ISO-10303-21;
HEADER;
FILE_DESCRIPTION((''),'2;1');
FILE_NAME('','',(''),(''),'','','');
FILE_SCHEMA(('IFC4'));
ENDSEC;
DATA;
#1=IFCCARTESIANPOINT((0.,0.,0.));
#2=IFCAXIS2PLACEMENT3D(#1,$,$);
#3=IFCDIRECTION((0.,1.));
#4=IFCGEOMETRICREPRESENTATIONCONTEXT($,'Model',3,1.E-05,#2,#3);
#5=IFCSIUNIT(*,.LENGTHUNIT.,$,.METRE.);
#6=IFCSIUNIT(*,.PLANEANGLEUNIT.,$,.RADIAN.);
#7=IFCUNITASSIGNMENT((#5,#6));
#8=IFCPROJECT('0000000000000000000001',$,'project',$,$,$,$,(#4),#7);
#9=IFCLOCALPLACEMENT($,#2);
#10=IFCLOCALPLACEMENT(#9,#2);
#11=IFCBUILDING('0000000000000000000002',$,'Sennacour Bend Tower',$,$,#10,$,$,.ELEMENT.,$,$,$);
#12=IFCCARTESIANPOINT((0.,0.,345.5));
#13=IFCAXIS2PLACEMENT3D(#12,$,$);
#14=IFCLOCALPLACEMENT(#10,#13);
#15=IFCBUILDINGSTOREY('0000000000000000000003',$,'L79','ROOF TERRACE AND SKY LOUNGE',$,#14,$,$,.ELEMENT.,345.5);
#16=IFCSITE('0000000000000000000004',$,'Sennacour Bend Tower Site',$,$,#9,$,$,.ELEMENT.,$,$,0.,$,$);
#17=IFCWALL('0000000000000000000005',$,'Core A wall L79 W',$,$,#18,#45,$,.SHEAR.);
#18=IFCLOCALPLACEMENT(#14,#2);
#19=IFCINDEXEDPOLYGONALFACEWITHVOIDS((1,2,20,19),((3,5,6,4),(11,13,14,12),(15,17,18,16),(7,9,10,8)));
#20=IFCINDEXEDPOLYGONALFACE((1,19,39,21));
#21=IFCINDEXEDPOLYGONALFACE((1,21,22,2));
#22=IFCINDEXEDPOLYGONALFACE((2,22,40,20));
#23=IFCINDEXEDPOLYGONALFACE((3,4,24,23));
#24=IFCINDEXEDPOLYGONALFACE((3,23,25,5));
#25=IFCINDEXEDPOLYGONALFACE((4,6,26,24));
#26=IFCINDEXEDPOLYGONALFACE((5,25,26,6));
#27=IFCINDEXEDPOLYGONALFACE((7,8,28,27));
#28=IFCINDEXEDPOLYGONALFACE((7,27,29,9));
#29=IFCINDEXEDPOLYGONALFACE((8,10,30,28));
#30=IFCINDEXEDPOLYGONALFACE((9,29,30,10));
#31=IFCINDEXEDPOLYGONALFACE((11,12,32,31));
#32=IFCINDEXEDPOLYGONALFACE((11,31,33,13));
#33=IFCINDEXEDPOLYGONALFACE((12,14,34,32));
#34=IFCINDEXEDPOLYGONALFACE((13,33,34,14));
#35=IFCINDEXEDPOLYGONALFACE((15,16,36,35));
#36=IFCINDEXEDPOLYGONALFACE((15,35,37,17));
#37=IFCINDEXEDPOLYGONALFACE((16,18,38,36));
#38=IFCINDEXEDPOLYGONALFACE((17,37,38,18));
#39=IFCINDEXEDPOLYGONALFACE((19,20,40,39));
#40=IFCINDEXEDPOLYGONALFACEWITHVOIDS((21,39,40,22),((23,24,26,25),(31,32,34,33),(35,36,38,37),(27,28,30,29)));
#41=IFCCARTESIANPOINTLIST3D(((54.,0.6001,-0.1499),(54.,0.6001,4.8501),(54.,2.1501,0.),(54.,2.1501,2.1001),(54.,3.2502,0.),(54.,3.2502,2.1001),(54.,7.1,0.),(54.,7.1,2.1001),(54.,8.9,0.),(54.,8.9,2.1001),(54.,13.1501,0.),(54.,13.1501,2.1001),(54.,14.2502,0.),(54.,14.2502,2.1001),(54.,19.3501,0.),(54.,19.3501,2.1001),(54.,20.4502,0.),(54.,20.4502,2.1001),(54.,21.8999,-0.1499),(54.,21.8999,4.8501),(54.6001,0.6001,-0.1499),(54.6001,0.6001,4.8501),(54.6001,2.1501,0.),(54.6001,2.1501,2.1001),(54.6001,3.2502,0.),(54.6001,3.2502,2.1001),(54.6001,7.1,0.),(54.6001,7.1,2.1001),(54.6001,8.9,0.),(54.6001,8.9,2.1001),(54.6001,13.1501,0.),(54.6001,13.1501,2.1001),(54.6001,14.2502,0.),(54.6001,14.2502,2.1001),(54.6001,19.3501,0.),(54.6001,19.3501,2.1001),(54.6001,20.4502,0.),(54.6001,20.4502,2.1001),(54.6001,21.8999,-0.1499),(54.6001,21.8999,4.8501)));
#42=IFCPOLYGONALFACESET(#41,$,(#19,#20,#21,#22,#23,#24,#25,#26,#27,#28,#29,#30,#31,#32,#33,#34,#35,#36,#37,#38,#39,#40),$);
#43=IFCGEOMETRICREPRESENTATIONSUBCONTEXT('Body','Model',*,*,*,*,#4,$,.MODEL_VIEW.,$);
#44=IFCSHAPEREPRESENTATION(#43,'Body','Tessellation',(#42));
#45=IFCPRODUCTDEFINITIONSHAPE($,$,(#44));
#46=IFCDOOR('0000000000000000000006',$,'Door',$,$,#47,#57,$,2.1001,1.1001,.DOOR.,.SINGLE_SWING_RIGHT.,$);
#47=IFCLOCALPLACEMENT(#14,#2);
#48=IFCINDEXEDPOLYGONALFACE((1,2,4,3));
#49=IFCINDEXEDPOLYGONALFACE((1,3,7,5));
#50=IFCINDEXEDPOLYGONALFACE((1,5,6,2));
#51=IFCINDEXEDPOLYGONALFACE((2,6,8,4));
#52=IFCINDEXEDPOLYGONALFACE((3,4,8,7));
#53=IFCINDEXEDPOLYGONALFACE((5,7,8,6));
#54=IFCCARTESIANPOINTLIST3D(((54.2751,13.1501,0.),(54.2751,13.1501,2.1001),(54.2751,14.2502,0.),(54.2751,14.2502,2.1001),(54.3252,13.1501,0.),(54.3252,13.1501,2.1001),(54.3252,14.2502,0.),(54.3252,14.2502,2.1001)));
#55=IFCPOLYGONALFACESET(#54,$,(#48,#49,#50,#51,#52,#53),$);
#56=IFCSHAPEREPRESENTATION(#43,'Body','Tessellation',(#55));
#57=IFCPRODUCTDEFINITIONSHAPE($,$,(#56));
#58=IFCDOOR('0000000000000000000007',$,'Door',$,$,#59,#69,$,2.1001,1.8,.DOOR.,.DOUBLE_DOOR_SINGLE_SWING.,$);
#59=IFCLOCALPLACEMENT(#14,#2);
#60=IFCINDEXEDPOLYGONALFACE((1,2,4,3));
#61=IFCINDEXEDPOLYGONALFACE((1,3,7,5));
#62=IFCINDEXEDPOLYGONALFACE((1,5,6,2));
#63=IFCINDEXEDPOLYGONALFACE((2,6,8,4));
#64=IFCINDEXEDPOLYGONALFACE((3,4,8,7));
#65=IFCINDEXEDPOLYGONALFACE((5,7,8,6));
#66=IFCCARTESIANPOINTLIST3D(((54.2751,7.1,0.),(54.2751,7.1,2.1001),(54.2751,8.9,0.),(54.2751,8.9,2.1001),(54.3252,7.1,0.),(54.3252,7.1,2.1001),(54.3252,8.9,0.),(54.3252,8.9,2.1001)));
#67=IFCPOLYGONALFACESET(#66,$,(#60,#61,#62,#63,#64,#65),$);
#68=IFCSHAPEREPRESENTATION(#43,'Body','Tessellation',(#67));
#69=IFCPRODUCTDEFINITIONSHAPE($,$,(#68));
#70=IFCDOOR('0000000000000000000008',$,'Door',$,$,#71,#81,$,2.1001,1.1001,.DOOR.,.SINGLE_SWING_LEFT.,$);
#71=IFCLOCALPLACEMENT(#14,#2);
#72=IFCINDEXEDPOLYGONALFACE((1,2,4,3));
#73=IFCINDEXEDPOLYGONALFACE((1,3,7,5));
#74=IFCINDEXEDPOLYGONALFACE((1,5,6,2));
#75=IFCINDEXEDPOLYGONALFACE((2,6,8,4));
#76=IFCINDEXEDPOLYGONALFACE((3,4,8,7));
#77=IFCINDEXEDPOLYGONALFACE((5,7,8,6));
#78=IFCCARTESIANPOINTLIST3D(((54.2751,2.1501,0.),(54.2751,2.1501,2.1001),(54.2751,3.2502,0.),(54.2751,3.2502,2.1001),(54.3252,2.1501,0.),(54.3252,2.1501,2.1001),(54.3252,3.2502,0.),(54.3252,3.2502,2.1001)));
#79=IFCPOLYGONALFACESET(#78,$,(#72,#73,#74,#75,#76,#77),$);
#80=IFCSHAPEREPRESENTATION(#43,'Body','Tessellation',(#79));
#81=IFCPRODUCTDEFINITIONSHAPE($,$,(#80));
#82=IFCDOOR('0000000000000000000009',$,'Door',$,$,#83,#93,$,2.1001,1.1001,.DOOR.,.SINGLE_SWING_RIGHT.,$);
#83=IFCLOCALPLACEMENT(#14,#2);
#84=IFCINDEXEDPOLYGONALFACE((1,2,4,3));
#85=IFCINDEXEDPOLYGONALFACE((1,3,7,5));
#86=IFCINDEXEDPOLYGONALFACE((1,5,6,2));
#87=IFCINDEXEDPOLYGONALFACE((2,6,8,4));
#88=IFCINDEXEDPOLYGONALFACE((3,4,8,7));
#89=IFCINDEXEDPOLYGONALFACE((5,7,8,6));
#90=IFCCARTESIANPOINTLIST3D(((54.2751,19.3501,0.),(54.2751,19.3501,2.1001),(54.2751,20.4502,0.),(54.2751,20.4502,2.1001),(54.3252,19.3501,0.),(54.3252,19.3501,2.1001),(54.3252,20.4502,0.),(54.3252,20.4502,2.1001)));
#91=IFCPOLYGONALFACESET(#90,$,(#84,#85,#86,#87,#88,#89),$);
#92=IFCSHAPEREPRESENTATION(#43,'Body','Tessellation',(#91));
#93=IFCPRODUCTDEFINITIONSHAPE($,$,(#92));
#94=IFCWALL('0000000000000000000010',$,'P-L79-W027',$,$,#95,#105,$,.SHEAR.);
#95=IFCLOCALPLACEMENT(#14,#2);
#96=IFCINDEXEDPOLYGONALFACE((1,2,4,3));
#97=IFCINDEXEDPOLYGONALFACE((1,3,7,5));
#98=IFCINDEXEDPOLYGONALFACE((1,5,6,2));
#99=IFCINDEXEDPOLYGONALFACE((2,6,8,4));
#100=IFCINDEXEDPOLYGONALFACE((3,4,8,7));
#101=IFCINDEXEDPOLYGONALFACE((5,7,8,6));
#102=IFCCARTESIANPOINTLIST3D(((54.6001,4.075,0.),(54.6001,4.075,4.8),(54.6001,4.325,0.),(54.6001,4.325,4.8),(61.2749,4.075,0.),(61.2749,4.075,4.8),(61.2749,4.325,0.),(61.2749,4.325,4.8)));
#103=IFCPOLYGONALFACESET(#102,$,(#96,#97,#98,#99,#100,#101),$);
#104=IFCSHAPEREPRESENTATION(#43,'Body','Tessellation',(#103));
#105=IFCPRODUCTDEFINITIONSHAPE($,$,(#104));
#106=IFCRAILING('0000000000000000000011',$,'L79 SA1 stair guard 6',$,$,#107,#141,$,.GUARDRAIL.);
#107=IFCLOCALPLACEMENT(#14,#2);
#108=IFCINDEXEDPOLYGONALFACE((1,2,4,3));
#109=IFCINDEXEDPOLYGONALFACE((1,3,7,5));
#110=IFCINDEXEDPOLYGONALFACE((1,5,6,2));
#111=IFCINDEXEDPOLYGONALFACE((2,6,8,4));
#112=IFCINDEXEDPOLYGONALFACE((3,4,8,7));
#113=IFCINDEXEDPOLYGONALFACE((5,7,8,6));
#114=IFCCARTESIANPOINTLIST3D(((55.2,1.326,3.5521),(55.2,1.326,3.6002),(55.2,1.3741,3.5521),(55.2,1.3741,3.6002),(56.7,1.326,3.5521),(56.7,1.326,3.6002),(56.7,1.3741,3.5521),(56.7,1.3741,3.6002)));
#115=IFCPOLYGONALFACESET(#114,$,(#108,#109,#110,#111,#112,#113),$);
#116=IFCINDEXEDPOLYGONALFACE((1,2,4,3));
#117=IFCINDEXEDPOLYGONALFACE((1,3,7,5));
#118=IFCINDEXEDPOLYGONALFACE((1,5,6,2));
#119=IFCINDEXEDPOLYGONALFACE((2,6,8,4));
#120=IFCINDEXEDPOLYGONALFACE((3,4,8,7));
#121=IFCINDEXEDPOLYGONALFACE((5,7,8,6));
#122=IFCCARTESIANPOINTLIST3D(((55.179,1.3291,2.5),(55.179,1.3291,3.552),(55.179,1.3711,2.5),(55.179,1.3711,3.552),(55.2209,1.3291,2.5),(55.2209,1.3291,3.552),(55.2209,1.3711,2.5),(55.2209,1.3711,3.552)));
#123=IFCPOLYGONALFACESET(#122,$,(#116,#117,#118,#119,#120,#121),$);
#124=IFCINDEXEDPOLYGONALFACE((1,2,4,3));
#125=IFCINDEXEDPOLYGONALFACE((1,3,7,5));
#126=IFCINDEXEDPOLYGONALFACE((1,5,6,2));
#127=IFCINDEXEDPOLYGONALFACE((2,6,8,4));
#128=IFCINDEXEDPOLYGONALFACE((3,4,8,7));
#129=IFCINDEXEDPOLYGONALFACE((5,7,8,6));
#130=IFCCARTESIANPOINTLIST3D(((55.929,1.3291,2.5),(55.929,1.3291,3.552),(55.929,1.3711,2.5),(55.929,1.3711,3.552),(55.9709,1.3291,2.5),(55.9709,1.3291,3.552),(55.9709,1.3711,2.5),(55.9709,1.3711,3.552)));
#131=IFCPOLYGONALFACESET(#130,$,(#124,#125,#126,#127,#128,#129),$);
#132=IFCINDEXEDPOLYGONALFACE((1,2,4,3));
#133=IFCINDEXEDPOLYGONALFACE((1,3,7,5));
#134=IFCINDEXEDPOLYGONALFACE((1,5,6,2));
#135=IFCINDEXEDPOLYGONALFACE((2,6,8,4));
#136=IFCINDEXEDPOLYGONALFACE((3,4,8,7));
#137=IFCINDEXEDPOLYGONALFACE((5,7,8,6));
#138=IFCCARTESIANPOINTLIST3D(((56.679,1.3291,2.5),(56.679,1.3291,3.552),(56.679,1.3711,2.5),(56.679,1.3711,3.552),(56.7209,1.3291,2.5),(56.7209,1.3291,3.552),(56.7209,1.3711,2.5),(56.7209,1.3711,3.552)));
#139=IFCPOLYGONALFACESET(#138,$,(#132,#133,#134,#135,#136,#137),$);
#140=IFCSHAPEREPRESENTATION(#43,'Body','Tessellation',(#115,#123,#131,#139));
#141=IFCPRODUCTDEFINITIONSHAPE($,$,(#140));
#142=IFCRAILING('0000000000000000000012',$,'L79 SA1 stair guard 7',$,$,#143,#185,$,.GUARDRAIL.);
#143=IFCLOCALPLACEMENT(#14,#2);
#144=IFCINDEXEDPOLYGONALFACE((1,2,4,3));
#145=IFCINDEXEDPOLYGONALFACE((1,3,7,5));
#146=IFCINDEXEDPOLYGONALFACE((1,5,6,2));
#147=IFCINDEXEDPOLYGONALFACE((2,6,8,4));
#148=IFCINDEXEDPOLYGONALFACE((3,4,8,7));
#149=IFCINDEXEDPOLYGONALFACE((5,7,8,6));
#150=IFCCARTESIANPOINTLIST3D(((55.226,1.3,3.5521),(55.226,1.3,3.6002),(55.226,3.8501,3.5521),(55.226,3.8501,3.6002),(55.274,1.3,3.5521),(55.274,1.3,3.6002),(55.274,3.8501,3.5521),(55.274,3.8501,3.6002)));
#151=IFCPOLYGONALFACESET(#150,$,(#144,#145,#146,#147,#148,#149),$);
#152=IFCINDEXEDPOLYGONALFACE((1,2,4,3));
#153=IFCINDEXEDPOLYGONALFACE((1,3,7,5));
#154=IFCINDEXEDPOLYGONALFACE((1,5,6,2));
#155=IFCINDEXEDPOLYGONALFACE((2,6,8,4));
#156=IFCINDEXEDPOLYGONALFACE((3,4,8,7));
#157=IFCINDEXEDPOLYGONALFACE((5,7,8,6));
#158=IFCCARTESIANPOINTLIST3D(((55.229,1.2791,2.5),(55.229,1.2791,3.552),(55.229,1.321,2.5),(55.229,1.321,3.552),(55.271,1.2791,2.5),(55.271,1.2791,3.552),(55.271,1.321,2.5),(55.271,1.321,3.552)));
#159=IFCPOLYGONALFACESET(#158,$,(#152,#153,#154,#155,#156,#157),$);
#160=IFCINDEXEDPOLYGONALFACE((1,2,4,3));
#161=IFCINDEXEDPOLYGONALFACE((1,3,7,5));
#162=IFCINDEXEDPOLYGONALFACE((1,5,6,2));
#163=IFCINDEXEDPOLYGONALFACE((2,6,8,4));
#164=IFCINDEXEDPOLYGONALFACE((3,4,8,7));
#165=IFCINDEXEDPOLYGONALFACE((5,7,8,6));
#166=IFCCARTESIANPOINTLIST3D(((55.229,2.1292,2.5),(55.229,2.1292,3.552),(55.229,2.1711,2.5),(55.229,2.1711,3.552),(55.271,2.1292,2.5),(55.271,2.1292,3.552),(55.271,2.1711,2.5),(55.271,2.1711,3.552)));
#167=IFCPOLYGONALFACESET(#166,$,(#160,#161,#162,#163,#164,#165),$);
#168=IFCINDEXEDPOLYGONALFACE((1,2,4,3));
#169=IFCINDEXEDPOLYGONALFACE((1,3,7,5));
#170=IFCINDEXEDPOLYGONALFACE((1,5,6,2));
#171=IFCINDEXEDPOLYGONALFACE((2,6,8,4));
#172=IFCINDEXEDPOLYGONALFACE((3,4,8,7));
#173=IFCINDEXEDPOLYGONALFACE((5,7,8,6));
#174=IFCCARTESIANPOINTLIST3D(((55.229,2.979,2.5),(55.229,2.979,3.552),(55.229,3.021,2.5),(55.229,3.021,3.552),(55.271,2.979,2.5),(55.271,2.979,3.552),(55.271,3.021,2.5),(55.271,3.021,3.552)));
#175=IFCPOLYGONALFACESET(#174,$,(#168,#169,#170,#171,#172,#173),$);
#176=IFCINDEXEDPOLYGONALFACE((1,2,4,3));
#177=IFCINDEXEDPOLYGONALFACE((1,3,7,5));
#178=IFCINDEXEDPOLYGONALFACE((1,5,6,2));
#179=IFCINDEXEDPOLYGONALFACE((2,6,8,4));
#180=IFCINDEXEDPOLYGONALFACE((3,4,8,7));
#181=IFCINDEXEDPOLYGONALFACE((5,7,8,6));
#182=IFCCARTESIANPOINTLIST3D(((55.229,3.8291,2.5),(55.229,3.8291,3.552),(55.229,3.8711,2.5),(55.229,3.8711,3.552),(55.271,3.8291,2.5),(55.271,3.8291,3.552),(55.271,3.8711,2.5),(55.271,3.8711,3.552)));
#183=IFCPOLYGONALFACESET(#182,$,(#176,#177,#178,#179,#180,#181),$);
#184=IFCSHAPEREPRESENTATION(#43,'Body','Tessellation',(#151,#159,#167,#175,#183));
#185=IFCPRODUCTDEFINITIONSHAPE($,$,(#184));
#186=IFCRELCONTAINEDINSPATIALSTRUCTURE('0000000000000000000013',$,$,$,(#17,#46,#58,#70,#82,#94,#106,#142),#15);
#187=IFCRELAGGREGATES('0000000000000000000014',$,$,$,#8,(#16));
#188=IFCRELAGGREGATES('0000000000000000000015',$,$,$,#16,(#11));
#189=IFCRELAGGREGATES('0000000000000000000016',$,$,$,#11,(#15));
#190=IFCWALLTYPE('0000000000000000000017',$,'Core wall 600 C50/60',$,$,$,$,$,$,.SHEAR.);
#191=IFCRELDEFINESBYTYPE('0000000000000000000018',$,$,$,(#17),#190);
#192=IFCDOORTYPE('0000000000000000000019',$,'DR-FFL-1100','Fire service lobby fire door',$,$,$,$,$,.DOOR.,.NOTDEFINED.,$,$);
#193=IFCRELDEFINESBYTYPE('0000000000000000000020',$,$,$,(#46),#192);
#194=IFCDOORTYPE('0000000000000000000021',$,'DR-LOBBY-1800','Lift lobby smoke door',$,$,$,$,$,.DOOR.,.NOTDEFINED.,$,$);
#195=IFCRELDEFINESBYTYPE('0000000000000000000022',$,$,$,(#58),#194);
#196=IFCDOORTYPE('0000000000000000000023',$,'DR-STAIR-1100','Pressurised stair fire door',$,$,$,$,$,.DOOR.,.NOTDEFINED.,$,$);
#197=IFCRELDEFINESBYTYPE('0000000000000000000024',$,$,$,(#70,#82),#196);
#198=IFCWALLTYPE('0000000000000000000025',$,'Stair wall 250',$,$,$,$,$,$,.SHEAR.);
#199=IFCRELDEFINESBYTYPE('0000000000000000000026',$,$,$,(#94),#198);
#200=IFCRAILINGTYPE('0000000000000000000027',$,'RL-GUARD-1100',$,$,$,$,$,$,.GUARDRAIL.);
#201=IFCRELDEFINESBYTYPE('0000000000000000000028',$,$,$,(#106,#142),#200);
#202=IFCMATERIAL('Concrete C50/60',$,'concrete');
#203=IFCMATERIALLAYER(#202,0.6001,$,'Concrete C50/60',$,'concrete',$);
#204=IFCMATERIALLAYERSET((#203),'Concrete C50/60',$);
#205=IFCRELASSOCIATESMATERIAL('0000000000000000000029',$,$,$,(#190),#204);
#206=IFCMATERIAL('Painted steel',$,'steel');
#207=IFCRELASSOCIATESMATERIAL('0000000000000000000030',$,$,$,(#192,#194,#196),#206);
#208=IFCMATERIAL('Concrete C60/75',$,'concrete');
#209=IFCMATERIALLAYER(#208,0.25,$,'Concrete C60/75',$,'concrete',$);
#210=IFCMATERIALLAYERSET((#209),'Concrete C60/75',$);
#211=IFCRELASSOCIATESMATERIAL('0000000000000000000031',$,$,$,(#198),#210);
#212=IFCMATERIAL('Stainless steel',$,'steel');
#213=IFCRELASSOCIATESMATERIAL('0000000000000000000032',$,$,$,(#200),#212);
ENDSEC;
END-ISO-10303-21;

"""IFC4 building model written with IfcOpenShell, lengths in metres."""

from ifc_helpers import new_model, si_unit, direction, frame, frame_2d, origin, origin_2d, place, context, subcontext, project, spatial, rectangle, extrude, material, layer, layer_set, type_object, element, fill, save


model = new_model("IFC4")

# Units and contexts
model_context = context("Model", 3, precision=1e-05, world=origin(), true_north=direction((0.0, 1.0)))
body_context = subcontext(model_context, "Body", "Model", "MODEL_VIEW")
ifc_project = project(units=[si_unit("LENGTHUNIT", "METRE"), si_unit("PLANEANGLEUNIT", "RADIAN")], contexts=[model_context])

# Site, building, storey
site_placement = place(None, origin())
site = spatial("IfcSite", under=ifc_project, at=site_placement, Name="Sennacour Bend Tower Site", CompositionType="ELEMENT", RefElevation=0.0)
building_placement = place(site_placement, origin())
building = spatial("IfcBuilding", under=site, at=building_placement, Name="Sennacour Bend Tower", CompositionType="ELEMENT")
storey_placement = place(building_placement, frame((0.0, 0.0, 345.5)))
storey = spatial("IfcBuildingStorey", under=building, at=storey_placement, Name="L79", Description="ROOF TERRACE AND SKY LOUNGE", CompositionType="ELEMENT", Elevation=345.5)

# Wall, openings, doors
ifc_material_1 = material(Name="Concrete C50/60", Category="concrete")
ifc_layer_1 = layer(ifc_material_1, 0.6001, Name="Concrete C50/60", Category="concrete")
ifc_layer_set_1 = layer_set([ifc_layer_1], Name="Concrete C50/60")
wall_type_1 = type_object("IfcWallType", Name="Core wall 600 C50/60", PredefinedType="SHEAR", material=ifc_layer_set_1)
wall_1_placement = place(storey_placement, frame((54.3, 0.6001, -0.1499), z_axis=(0.0, 0.0, 1.0), x_axis=(0.0, 1.0, 0.0)))
wall_1 = element("IfcWall", 1, at=wall_1_placement, inside=storey, type_object=wall_type_1, Name="Core A wall L79 W", PredefinedType="SHEAR", context=body_context, shape_type="SweptSolid", body=[
    extrude(rectangle(XDim=21.2998, YDim=0.6001, at=frame_2d((10.6499, 0.0))), origin(), (0.0, 0.0, 1.0), 5.0),
])
opening_1_placement = place(wall_1_placement, frame((6.5, 0.0, 0.1499)))
opening_1 = element("IfcOpeningElement", 2, at=opening_1_placement, cuts=wall_1, PredefinedType="OPENING", context=body_context, shape_type="SweptSolid", body=[
    extrude(rectangle(XDim=1.8, YDim=2.1001, at=frame_2d((0.8999, 1.05))), frame((0.0, 0.3101, 0.0), z_axis=(0.0, -1.0, 0.0), x_axis=(1.0, 0.0, 0.0)), (0.0, 0.0, 1.0), 0.6201),
])
opening_2_placement = place(wall_1_placement, frame((12.55, 0.0, 0.1499)))
opening_2 = element("IfcOpeningElement", 3, at=opening_2_placement, cuts=wall_1, PredefinedType="OPENING", context=body_context, shape_type="SweptSolid", body=[
    extrude(rectangle(XDim=1.1001, YDim=2.1001, at=frame_2d((0.55, 1.05))), frame((0.0, 0.3101, 0.0), z_axis=(0.0, -1.0, 0.0), x_axis=(1.0, 0.0, 0.0)), (0.0, 0.0, 1.0), 0.6201),
])
opening_3_placement = place(wall_1_placement, frame((1.55, 0.0, 0.1499)))
opening_3 = element("IfcOpeningElement", 4, at=opening_3_placement, cuts=wall_1, PredefinedType="OPENING", context=body_context, shape_type="SweptSolid", body=[
    extrude(rectangle(XDim=1.1001, YDim=2.1001, at=frame_2d((0.55, 1.05))), frame((0.0, 0.3101, 0.0), z_axis=(0.0, -1.0, 0.0), x_axis=(1.0, 0.0, 0.0)), (0.0, 0.0, 1.0), 0.6201),
])
opening_4_placement = place(wall_1_placement, frame((18.75, 0.0, 0.1499)))
opening_4 = element("IfcOpeningElement", 5, at=opening_4_placement, cuts=wall_1, PredefinedType="OPENING", context=body_context, shape_type="SweptSolid", body=[
    extrude(rectangle(XDim=1.1001, YDim=2.1001, at=frame_2d((0.55, 1.05))), frame((0.0, 0.3101, 0.0), z_axis=(0.0, -1.0, 0.0), x_axis=(1.0, 0.0, 0.0)), (0.0, 0.0, 1.0), 0.6201),
])
ifc_material_2 = material(Name="Painted steel", Category="steel")
door_type_1 = type_object("IfcDoorType", Name="DR-FFL-1100", Description="Fire service lobby fire door", OperationType="NOTDEFINED", PredefinedType="DOOR", material=ifc_material_2)
door_1_placement = place(opening_2_placement, origin())
door_1 = element("IfcDoor", 6, at=door_1_placement, inside=storey, type_object=door_type_1, Name="Door", OperationType="SINGLE_SWING_RIGHT", OverallHeight=2.1001, OverallWidth=1.1001, PredefinedType="DOOR", context=body_context, shape_type="SweptSolid", body=[
    extrude(rectangle(XDim=1.1001, YDim=2.1001, at=frame_2d((0.55, 1.05))), frame((0.0, 0.0249, 0.0), z_axis=(0.0, -1.0, 0.0), x_axis=(1.0, 0.0, 0.0)), (0.0, 0.0, 1.0), 0.05),
])
fill(opening_2, door_1)
door_type_2 = type_object("IfcDoorType", Name="DR-LOBBY-1800", Description="Lift lobby smoke door", OperationType="NOTDEFINED", PredefinedType="DOOR", material=ifc_material_2)
door_2_placement = place(opening_1_placement, origin())
door_2 = element("IfcDoor", 7, at=door_2_placement, inside=storey, type_object=door_type_2, Name="Door", OperationType="DOUBLE_DOOR_SINGLE_SWING", OverallHeight=2.1001, OverallWidth=1.8, PredefinedType="DOOR", context=body_context, shape_type="SweptSolid", body=[
    extrude(rectangle(XDim=1.8, YDim=2.1001, at=frame_2d((0.8999, 1.05))), frame((0.0, 0.0249, 0.0), z_axis=(0.0, -1.0, 0.0), x_axis=(1.0, 0.0, 0.0)), (0.0, 0.0, 1.0), 0.05),
])
fill(opening_1, door_2)
door_type_3 = type_object("IfcDoorType", Name="DR-STAIR-1100", Description="Pressurised stair fire door", OperationType="NOTDEFINED", PredefinedType="DOOR", material=ifc_material_2)
door_3_placement = place(opening_3_placement, origin())
door_3 = element("IfcDoor", 8, at=door_3_placement, inside=storey, type_object=door_type_3, Name="Door", OperationType="SINGLE_SWING_LEFT", OverallHeight=2.1001, OverallWidth=1.1001, PredefinedType="DOOR", context=body_context, shape_type="SweptSolid", body=[
    extrude(rectangle(XDim=1.1001, YDim=2.1001, at=frame_2d((0.55, 1.05))), frame((0.0, 0.0249, 0.0), z_axis=(0.0, -1.0, 0.0), x_axis=(1.0, 0.0, 0.0)), (0.0, 0.0, 1.0), 0.05),
])
fill(opening_3, door_3)
door_4_placement = place(opening_4_placement, origin())
door_4 = element("IfcDoor", 9, at=door_4_placement, inside=storey, type_object=door_type_3, Name="Door", OperationType="SINGLE_SWING_RIGHT", OverallHeight=2.1001, OverallWidth=1.1001, PredefinedType="DOOR", context=body_context, shape_type="SweptSolid", body=[
    extrude(rectangle(XDim=1.1001, YDim=2.1001, at=frame_2d((0.55, 1.05))), frame((0.0, 0.0249, 0.0), z_axis=(0.0, -1.0, 0.0), x_axis=(1.0, 0.0, 0.0)), (0.0, 0.0, 1.0), 0.05),
])
fill(opening_4, door_4)

# Wall
ifc_material_3 = material(Name="Concrete C60/75", Category="concrete")
ifc_layer_2 = layer(ifc_material_3, 0.25, Name="Concrete C60/75", Category="concrete")
ifc_layer_set_2 = layer_set([ifc_layer_2], Name="Concrete C60/75")
wall_type_2 = type_object("IfcWallType", Name="Stair wall 250", PredefinedType="SHEAR", material=ifc_layer_set_2)
wall_2_placement = place(storey_placement, frame((54.6001, 4.2, 0.0), z_axis=(0.0, 0.0, 1.0), x_axis=(1.0, 0.0, 0.0)))
element("IfcWall", 10, at=wall_2_placement, inside=storey, type_object=wall_type_2, Name="P-L79-W027", PredefinedType="SHEAR", context=body_context, shape_type="SweptSolid", body=[
    extrude(rectangle(XDim=6.6748, YDim=0.25, at=frame_2d((3.3374, 0.0))), origin(), (0.0, 0.0, 1.0), 4.8),
])

# Railings
ifc_material_4 = material(Name="Stainless steel", Category="steel")
railing_type = type_object("IfcRailingType", Name="RL-GUARD-1100", PredefinedType="GUARDRAIL", material=ifc_material_4)
railing_1_placement = place(storey_placement, frame((55.2, 1.3501, 2.5)))
element("IfcRailing", 11, at=railing_1_placement, inside=storey, type_object=railing_type, Name="L79 SA1 stair guard 6", PredefinedType="GUARDRAIL", context=body_context, shape_type="SweptSolid", body=[
    extrude(rectangle(XDim=0.0481, YDim=0.0481, at=origin_2d()), frame((0.0, 0.0, 1.0762), z_axis=(1.0, 0.0, 0.0), x_axis=(0.0, 1.0, 0.0)), (0.0, 0.0, 1.0), 1.5),
    extrude(rectangle(XDim=0.042, YDim=0.042, at=origin_2d()), origin(), (0.0, 0.0, 1.0), 1.052),
    extrude(rectangle(XDim=0.042, YDim=0.042, at=origin_2d()), frame((0.75, 0.0, 0.0)), (0.0, 0.0, 1.0), 1.052),
    extrude(rectangle(XDim=0.042, YDim=0.042, at=origin_2d()), frame((1.5, 0.0, 0.0)), (0.0, 0.0, 1.0), 1.052),
])
railing_2_placement = place(storey_placement, frame((55.25, 1.3, 2.5)))
element("IfcRailing", 12, at=railing_2_placement, inside=storey, type_object=railing_type, Name="L79 SA1 stair guard 7", PredefinedType="GUARDRAIL", context=body_context, shape_type="SweptSolid", body=[
    extrude(rectangle(XDim=0.0481, YDim=0.0481, at=origin_2d()), frame((0.0, 0.0, 1.0762), z_axis=(0.0, 1.0, 0.0), x_axis=(-1.0, 0.0, 0.0)), (0.0, 0.0, 1.0), 2.55),
    extrude(rectangle(XDim=0.042, YDim=0.042, at=origin_2d()), origin(), (0.0, 0.0, 1.0), 1.052),
    extrude(rectangle(XDim=0.042, YDim=0.042, at=origin_2d()), frame((0.0, 0.8501, 0.0)), (0.0, 0.0, 1.0), 1.052),
    extrude(rectangle(XDim=0.042, YDim=0.042, at=origin_2d()), frame((0.0, 1.7, 0.0)), (0.0, 0.0, 1.0), 1.052),
    extrude(rectangle(XDim=0.042, YDim=0.042, at=origin_2d()), frame((0.0, 2.55, 0.0)), (0.0, 0.0, 1.0), 1.052),
])

save(model, "model.ifc")
